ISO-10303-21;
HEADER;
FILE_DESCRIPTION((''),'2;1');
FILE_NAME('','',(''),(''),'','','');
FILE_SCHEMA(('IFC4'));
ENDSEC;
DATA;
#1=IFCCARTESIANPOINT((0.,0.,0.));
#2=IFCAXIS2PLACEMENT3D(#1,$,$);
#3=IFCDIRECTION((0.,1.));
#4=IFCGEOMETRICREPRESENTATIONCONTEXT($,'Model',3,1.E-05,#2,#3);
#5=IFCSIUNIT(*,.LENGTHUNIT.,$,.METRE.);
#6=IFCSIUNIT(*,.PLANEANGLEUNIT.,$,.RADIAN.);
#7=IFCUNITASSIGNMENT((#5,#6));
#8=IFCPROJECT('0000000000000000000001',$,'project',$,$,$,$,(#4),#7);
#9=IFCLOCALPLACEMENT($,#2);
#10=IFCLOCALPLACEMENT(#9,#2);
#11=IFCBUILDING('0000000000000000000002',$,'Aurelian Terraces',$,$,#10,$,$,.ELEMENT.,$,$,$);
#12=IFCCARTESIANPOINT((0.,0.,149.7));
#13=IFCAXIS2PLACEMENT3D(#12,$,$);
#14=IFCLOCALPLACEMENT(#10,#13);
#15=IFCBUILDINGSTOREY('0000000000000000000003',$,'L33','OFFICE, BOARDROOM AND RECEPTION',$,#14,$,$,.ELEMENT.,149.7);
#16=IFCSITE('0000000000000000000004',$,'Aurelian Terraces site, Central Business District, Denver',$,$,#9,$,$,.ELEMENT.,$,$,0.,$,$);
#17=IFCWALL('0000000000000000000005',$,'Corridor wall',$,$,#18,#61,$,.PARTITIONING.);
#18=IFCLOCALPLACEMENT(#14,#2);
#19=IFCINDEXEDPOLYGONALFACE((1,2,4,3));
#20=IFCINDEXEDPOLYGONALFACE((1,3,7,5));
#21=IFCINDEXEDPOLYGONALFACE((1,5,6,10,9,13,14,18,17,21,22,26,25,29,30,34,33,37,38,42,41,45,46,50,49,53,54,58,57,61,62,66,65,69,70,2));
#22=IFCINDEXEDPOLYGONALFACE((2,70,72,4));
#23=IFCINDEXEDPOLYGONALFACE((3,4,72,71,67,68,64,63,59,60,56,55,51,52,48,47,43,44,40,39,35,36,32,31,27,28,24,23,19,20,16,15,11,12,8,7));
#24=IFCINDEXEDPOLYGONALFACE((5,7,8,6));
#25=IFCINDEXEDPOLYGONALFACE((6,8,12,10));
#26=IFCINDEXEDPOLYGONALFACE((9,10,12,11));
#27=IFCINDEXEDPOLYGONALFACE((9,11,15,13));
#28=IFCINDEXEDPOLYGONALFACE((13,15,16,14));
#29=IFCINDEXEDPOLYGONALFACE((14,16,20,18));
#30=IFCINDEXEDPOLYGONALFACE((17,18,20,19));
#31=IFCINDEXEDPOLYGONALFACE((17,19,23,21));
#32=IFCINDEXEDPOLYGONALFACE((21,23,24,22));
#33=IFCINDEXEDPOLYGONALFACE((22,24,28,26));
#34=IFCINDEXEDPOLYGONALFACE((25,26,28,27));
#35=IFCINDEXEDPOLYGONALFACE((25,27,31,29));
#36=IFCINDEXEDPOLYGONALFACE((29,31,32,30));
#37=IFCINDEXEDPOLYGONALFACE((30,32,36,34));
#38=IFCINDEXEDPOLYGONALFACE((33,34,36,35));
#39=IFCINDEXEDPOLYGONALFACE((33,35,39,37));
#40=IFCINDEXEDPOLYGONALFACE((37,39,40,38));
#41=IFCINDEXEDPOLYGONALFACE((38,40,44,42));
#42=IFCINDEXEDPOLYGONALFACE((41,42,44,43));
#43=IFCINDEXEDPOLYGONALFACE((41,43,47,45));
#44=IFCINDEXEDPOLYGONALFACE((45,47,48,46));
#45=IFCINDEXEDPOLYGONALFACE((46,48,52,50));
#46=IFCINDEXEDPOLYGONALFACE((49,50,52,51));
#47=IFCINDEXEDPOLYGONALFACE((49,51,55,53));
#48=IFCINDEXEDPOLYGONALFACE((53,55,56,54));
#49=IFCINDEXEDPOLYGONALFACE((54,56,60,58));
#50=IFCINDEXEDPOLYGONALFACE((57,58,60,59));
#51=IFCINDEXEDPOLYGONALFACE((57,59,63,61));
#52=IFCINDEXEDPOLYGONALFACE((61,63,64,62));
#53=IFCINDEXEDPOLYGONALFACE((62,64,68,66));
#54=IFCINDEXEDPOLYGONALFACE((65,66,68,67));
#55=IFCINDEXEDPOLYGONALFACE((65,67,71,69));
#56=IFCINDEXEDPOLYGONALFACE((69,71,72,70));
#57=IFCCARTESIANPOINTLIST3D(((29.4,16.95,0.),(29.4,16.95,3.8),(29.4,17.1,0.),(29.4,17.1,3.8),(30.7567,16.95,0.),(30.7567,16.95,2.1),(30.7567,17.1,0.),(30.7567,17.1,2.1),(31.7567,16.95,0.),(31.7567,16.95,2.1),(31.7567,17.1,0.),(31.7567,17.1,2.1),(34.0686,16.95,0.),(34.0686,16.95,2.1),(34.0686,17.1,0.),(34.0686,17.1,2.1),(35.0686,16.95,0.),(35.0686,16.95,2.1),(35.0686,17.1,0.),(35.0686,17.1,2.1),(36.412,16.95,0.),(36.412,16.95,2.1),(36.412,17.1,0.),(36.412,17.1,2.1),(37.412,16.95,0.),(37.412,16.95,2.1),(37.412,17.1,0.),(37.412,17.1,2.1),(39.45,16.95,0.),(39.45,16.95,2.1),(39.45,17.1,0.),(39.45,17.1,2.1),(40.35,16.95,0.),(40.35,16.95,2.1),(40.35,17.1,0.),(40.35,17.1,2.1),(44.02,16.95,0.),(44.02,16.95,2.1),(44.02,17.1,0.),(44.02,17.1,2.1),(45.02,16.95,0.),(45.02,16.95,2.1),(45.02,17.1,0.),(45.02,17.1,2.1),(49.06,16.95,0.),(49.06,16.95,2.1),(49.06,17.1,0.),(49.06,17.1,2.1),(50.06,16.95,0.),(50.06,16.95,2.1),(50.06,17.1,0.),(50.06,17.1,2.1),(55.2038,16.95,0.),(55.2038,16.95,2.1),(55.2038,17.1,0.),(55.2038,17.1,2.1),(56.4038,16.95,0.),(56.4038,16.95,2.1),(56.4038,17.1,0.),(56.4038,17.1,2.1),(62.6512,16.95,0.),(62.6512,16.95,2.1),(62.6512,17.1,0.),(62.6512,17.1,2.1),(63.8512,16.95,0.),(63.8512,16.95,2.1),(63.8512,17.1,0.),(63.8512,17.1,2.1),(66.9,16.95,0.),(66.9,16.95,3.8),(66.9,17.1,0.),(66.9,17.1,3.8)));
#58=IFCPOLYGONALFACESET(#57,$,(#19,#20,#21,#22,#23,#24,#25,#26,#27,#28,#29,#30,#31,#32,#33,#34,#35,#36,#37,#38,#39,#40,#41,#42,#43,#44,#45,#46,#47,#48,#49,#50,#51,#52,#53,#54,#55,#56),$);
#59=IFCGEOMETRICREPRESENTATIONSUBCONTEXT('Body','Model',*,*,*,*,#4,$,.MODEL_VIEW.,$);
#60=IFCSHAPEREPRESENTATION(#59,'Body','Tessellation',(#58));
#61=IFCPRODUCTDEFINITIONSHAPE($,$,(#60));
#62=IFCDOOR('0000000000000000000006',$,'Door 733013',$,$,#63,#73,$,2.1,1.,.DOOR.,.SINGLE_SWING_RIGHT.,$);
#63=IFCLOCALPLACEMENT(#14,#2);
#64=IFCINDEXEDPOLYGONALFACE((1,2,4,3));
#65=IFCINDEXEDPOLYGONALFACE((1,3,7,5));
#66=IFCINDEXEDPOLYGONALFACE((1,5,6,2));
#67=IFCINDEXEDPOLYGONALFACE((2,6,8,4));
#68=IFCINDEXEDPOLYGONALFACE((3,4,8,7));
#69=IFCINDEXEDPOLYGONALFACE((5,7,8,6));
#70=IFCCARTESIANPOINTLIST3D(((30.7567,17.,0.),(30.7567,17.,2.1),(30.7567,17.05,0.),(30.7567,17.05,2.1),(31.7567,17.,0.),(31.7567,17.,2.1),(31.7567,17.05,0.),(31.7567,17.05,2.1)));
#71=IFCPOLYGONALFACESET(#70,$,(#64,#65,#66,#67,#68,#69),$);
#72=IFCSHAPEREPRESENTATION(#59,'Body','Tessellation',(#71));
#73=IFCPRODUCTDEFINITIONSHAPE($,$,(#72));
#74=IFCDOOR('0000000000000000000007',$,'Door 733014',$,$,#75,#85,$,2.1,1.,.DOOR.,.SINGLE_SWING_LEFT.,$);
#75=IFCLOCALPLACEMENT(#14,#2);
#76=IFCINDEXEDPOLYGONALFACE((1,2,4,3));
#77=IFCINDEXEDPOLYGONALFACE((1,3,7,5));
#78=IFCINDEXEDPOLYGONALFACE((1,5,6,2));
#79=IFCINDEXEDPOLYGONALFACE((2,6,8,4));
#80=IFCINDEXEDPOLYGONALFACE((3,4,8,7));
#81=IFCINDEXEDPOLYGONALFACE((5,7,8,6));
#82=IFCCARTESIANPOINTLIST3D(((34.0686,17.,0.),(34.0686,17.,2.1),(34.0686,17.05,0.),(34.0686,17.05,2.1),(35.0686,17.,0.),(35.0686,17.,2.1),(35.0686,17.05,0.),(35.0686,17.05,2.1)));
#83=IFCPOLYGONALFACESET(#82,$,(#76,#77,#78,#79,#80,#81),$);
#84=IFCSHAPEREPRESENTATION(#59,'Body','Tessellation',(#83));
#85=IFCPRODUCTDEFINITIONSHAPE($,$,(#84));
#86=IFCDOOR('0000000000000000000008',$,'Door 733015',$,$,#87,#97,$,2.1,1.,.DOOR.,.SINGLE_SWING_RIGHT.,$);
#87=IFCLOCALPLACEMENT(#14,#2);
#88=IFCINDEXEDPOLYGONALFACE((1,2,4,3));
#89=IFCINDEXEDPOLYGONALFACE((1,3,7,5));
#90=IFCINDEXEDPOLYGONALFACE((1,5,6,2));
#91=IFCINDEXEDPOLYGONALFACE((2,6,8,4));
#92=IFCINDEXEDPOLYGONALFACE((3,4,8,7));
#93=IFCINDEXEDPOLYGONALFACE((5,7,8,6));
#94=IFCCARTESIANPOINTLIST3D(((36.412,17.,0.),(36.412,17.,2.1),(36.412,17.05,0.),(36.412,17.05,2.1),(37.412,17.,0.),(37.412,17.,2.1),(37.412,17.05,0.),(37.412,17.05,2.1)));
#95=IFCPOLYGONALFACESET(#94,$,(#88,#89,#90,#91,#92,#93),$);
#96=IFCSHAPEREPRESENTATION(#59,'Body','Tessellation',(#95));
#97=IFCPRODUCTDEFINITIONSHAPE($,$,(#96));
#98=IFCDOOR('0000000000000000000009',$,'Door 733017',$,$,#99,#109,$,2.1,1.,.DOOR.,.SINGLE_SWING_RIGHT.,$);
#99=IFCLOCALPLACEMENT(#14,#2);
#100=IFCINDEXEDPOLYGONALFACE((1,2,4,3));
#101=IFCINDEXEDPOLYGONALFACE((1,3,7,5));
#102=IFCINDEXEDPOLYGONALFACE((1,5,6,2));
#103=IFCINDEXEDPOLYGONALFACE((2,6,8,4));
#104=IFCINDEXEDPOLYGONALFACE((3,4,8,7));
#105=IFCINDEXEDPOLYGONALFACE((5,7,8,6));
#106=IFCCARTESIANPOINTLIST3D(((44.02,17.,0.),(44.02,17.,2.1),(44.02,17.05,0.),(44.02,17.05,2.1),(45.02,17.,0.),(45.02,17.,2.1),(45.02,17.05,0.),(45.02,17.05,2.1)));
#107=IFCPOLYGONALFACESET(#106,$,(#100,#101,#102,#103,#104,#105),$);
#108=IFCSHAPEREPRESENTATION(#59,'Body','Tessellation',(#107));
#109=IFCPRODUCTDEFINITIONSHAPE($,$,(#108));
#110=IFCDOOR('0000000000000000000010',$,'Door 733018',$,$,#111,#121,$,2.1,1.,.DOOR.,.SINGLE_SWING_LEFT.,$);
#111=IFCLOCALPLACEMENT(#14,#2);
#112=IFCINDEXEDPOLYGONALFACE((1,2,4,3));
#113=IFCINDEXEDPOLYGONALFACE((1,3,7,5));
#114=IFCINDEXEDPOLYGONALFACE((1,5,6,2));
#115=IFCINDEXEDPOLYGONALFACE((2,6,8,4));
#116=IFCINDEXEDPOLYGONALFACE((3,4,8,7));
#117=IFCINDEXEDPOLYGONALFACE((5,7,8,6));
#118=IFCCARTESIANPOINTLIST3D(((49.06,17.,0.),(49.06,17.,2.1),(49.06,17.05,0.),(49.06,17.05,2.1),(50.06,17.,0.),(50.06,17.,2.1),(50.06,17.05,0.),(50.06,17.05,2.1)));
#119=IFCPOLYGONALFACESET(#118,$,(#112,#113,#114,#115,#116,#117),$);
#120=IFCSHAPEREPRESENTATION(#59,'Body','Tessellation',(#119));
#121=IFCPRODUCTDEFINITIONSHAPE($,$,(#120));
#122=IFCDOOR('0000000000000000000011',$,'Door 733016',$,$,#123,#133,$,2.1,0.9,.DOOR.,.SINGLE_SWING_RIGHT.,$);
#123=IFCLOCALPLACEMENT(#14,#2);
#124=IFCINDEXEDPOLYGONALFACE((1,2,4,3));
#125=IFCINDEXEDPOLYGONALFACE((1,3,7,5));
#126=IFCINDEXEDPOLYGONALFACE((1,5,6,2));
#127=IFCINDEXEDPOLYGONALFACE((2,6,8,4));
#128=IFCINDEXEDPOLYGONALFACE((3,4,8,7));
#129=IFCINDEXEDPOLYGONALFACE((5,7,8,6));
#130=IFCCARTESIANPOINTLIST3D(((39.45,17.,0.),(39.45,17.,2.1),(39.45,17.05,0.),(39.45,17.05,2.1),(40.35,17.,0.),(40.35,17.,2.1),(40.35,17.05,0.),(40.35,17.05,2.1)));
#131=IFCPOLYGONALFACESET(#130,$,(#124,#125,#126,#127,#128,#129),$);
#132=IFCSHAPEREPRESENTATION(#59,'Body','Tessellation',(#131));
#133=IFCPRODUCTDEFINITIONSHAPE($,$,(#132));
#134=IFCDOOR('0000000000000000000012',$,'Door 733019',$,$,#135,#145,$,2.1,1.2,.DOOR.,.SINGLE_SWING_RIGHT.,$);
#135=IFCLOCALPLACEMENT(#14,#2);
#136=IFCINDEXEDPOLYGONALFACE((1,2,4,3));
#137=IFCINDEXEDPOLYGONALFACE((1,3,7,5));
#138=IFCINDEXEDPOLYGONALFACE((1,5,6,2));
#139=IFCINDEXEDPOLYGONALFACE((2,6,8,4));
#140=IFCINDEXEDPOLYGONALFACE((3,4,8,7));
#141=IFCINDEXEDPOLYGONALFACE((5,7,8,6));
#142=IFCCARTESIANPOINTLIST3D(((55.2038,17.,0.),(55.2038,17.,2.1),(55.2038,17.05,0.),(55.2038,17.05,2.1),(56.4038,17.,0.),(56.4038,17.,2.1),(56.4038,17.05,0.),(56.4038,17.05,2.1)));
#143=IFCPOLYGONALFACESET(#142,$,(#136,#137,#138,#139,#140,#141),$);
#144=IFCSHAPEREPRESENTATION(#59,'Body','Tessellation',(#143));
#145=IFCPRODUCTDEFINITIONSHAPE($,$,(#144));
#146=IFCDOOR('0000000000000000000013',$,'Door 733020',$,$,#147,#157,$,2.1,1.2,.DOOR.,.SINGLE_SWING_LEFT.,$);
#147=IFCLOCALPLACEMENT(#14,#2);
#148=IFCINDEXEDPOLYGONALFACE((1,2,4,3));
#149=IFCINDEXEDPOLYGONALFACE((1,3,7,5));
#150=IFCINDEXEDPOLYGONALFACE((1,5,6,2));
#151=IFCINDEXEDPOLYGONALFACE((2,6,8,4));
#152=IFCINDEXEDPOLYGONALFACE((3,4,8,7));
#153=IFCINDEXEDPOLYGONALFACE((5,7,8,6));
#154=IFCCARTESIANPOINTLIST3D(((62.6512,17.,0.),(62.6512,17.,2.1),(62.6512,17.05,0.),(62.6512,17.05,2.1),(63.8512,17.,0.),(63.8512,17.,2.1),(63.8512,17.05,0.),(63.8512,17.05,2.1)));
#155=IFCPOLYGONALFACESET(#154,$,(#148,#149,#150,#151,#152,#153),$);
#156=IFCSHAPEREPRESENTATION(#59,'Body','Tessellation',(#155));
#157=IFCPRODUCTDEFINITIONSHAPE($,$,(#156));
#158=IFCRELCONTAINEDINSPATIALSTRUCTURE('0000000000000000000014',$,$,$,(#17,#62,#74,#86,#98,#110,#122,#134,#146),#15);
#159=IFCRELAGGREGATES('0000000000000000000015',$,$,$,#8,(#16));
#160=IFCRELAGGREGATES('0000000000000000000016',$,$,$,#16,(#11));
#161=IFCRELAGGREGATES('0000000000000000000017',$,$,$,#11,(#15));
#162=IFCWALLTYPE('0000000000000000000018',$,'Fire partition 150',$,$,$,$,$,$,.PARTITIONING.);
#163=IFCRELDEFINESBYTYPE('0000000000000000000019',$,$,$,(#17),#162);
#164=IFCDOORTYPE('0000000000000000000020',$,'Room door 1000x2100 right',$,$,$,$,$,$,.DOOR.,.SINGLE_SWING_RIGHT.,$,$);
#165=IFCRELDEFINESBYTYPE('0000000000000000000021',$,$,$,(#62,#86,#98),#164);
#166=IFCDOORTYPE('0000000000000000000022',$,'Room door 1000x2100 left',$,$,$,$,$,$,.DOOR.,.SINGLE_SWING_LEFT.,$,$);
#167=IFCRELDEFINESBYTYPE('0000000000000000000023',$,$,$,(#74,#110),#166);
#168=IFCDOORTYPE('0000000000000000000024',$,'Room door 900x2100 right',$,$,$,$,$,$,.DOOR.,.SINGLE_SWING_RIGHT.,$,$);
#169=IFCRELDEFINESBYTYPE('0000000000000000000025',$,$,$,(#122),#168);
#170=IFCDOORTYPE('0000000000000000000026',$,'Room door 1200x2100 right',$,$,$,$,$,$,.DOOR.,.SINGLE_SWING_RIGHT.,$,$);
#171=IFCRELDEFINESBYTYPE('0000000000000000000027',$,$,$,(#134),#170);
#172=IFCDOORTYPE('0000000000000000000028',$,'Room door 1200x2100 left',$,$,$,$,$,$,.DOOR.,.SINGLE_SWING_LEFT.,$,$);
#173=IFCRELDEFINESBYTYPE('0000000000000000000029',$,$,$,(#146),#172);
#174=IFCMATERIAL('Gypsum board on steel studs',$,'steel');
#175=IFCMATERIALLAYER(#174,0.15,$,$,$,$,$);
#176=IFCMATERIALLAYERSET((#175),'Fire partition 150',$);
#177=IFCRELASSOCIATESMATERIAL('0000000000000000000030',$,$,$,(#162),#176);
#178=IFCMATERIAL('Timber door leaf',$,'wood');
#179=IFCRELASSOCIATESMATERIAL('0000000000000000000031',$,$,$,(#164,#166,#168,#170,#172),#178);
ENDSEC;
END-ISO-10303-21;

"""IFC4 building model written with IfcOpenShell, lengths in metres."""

from ifc_helpers import new_model, si_unit, direction, frame, frame_2d, origin, place, context, subcontext, project, spatial, rectangle, extrude, source, transform, mapped, material, layer, layer_set, type_object, element, fill, save


model = new_model("IFC4")

# Units and contexts
model_context = context("Model", 3, precision=1e-05, world=origin(), true_north=direction((0.0, 1.0)))
body_context = subcontext(model_context, "Body", "Model", "MODEL_VIEW")
ifc_project = project(units=[si_unit("LENGTHUNIT", "METRE"), si_unit("PLANEANGLEUNIT", "RADIAN")], contexts=[model_context])

# Site, building, storey
site_placement = place(None, origin())
site = spatial("IfcSite", under=ifc_project, at=site_placement, Name="Aurelian Terraces site, Central Business District, Denver", CompositionType="ELEMENT", RefElevation=0.0)
building_placement = place(site_placement, origin())
building = spatial("IfcBuilding", under=site, at=building_placement, Name="Aurelian Terraces", CompositionType="ELEMENT")
storey_placement = place(building_placement, frame((0.0, 0.0, 149.7)))
storey = spatial("IfcBuildingStorey", under=building, at=storey_placement, Name="L33", Description="OFFICE, BOARDROOM AND RECEPTION", CompositionType="ELEMENT", Elevation=149.7)

# Shared definitions
ifc_material_1 = material(Name="Gypsum board on steel studs", Category="steel")
shared_shape_1 = source(origin(), body_context, "Body", "SweptSolid", [
    extrude(rectangle(XDim=0.9, YDim=2.1, at=frame_2d((0.45, 1.05))), frame((0.0, 0.085, 0.0), z_axis=(0.0, -1.0, 0.0), x_axis=(1.0, 0.0, 0.0)), (0.0, 0.0, 1.0), 0.17),
])
ifc_material_2 = material(Name="Timber door leaf", Category="wood")
shared_shape_2 = source(origin(), body_context, "Body", "SweptSolid", [
    extrude(rectangle(XDim=0.9, YDim=2.1, at=frame_2d((0.45, 1.05))), frame((0.0, 0.025, 0.0), z_axis=(0.0, -1.0, 0.0), x_axis=(1.0, 0.0, 0.0)), (0.0, 0.0, 1.0), 0.05),
])

# Wall, openings, doors
ifc_layer_1 = layer(ifc_material_1, 0.15)
ifc_layer_set_1 = layer_set([ifc_layer_1], Name="Fire partition 150")
wall_type_1 = type_object("IfcWallType", Name="Fire partition 150", PredefinedType="PARTITIONING", material=ifc_layer_set_1)
shared_shape_3 = source(origin(), body_context, "Body", "SweptSolid", [
    extrude(rectangle(XDim=37.5, YDim=0.15, at=frame_2d((18.75, 0.0))), origin(), (0.0, 0.0, 1.0), 3.8),
])
wall_1_placement = place(storey_placement, frame((29.4, 17.025, 0.0), z_axis=(0.0, 0.0, 1.0), x_axis=(1.0, 0.0, 0.0)))
wall_1 = element("IfcWall", 1, at=wall_1_placement, inside=storey, type_object=wall_type_1, Name="Corridor wall", PredefinedType="PARTITIONING", context=body_context, shape_type="MappedRepresentation", body=[
    mapped(shared_shape_3, transform((0.0, 0.0, 0.0), scale=1.0)),
])
shared_shape_4 = source(origin(), body_context, "Body", "SweptSolid", [
    extrude(rectangle(XDim=1.0, YDim=2.1, at=frame_2d((0.5, 1.05))), frame((0.0, 0.085, 0.0), z_axis=(0.0, -1.0, 0.0), x_axis=(1.0, 0.0, 0.0)), (0.0, 0.0, 1.0), 0.17),
])
opening_1_placement = place(wall_1_placement, frame((1.3567, 0.0, 0.0)))
opening_1 = element("IfcOpeningElement", 2, at=opening_1_placement, cuts=wall_1, PredefinedType="OPENING", context=body_context, shape_type="MappedRepresentation", body=[
    mapped(shared_shape_4, transform((0.0, 0.0, 0.0), scale=1.0)),
])
opening_2_placement = place(wall_1_placement, frame((4.6686, 0.0, 0.0)))
opening_2 = element("IfcOpeningElement", 3, at=opening_2_placement, cuts=wall_1, PredefinedType="OPENING", context=body_context, shape_type="MappedRepresentation", body=[
    mapped(shared_shape_4, transform((0.0, 0.0, 0.0), scale=1.0)),
])
opening_3_placement = place(wall_1_placement, frame((7.012, 0.0, 0.0)))
opening_3 = element("IfcOpeningElement", 4, at=opening_3_placement, cuts=wall_1, PredefinedType="OPENING", context=body_context, shape_type="MappedRepresentation", body=[
    mapped(shared_shape_4, transform((0.0, 0.0, 0.0), scale=1.0)),
])
opening_4_placement = place(wall_1_placement, frame((10.05, 0.0, 0.0)))
opening_4 = element("IfcOpeningElement", 5, at=opening_4_placement, cuts=wall_1, PredefinedType="OPENING", context=body_context, shape_type="MappedRepresentation", body=[
    mapped(shared_shape_1, transform((0.0, 0.0, 0.0), scale=1.0)),
])
opening_5_placement = place(wall_1_placement, frame((14.62, 0.0, 0.0)))
opening_5 = element("IfcOpeningElement", 6, at=opening_5_placement, cuts=wall_1, PredefinedType="OPENING", context=body_context, shape_type="MappedRepresentation", body=[
    mapped(shared_shape_4, transform((0.0, 0.0, 0.0), scale=1.0)),
])
opening_6_placement = place(wall_1_placement, frame((19.66, 0.0, 0.0)))
opening_6 = element("IfcOpeningElement", 7, at=opening_6_placement, cuts=wall_1, PredefinedType="OPENING", context=body_context, shape_type="MappedRepresentation", body=[
    mapped(shared_shape_4, transform((0.0, 0.0, 0.0), scale=1.0)),
])
shared_shape_5 = source(origin(), body_context, "Body", "SweptSolid", [
    extrude(rectangle(XDim=1.2, YDim=2.1, at=frame_2d((0.6, 1.05))), frame((0.0, 0.085, 0.0), z_axis=(0.0, -1.0, 0.0), x_axis=(1.0, 0.0, 0.0)), (0.0, 0.0, 1.0), 0.17),
])
opening_7_placement = place(wall_1_placement, frame((25.8038, 0.0, 0.0)))
opening_7 = element("IfcOpeningElement", 8, at=opening_7_placement, cuts=wall_1, PredefinedType="OPENING", context=body_context, shape_type="MappedRepresentation", body=[
    mapped(shared_shape_5, transform((0.0, 0.0, 0.0), scale=1.0)),
])
opening_8_placement = place(wall_1_placement, frame((33.2512, 0.0, 0.0)))
opening_8 = element("IfcOpeningElement", 9, at=opening_8_placement, cuts=wall_1, PredefinedType="OPENING", context=body_context, shape_type="MappedRepresentation", body=[
    mapped(shared_shape_5, transform((0.0, 0.0, 0.0), scale=1.0)),
])
door_type_1 = type_object("IfcDoorType", Name="Room door 1000x2100 right", OperationType="SINGLE_SWING_RIGHT", PredefinedType="DOOR", material=ifc_material_2)
shared_shape_6 = source(origin(), body_context, "Body", "SweptSolid", [
    extrude(rectangle(XDim=1.0, YDim=2.1, at=frame_2d((0.5, 1.05))), frame((0.0, 0.025, 0.0), z_axis=(0.0, -1.0, 0.0), x_axis=(1.0, 0.0, 0.0)), (0.0, 0.0, 1.0), 0.05),
])
door_1_placement = place(opening_1_placement, origin())
door_1 = element("IfcDoor", 10, at=door_1_placement, inside=storey, type_object=door_type_1, Name="Door 733013", OperationType="SINGLE_SWING_RIGHT", OverallHeight=2.1, OverallWidth=1.0, PredefinedType="DOOR", context=body_context, shape_type="MappedRepresentation", body=[
    mapped(shared_shape_6, transform((0.0, 0.0, 0.0), scale=1.0)),
])
fill(opening_1, door_1)
door_type_2 = type_object("IfcDoorType", Name="Room door 1000x2100 left", OperationType="SINGLE_SWING_LEFT", PredefinedType="DOOR", material=ifc_material_2)
door_2_placement = place(opening_2_placement, origin())
door_2 = element("IfcDoor", 11, at=door_2_placement, inside=storey, type_object=door_type_2, Name="Door 733014", OperationType="SINGLE_SWING_LEFT", OverallHeight=2.1, OverallWidth=1.0, PredefinedType="DOOR", context=body_context, shape_type="MappedRepresentation", body=[
    mapped(shared_shape_6, transform((0.0, 0.0, 0.0), scale=1.0)),
])
fill(opening_2, door_2)
door_3_placement = place(opening_3_placement, origin())
door_3 = element("IfcDoor", 12, at=door_3_placement, inside=storey, type_object=door_type_1, Name="Door 733015", OperationType="SINGLE_SWING_RIGHT", OverallHeight=2.1, OverallWidth=1.0, PredefinedType="DOOR", context=body_context, shape_type="MappedRepresentation", body=[
    mapped(shared_shape_6, transform((0.0, 0.0, 0.0), scale=1.0)),
])
fill(opening_3, door_3)
door_4_placement = place(opening_5_placement, origin())
door_4 = element("IfcDoor", 13, at=door_4_placement, inside=storey, type_object=door_type_1, Name="Door 733017", OperationType="SINGLE_SWING_RIGHT", OverallHeight=2.1, OverallWidth=1.0, PredefinedType="DOOR", context=body_context, shape_type="MappedRepresentation", body=[
    mapped(shared_shape_6, transform((0.0, 0.0, 0.0), scale=1.0)),
])
fill(opening_5, door_4)
door_5_placement = place(opening_6_placement, origin())
door_5 = element("IfcDoor", 14, at=door_5_placement, inside=storey, type_object=door_type_2, Name="Door 733018", OperationType="SINGLE_SWING_LEFT", OverallHeight=2.1, OverallWidth=1.0, PredefinedType="DOOR", context=body_context, shape_type="MappedRepresentation", body=[
    mapped(shared_shape_6, transform((0.0, 0.0, 0.0), scale=1.0)),
])
fill(opening_6, door_5)
door_type_3 = type_object("IfcDoorType", Name="Room door 900x2100 right", OperationType="SINGLE_SWING_RIGHT", PredefinedType="DOOR", material=ifc_material_2)
door_6_placement = place(opening_4_placement, origin())
door_6 = element("IfcDoor", 15, at=door_6_placement, inside=storey, type_object=door_type_3, Name="Door 733016", OperationType="SINGLE_SWING_RIGHT", OverallHeight=2.1, OverallWidth=0.9, PredefinedType="DOOR", context=body_context, shape_type="MappedRepresentation", body=[
    mapped(shared_shape_2, transform((0.0, 0.0, 0.0), scale=1.0)),
])
fill(opening_4, door_6)
door_type_4 = type_object("IfcDoorType", Name="Room door 1200x2100 right", OperationType="SINGLE_SWING_RIGHT", PredefinedType="DOOR", material=ifc_material_2)
shared_shape_7 = source(origin(), body_context, "Body", "SweptSolid", [
    extrude(rectangle(XDim=1.2, YDim=2.1, at=frame_2d((0.6, 1.05))), frame((0.0, 0.025, 0.0), z_axis=(0.0, -1.0, 0.0), x_axis=(1.0, 0.0, 0.0)), (0.0, 0.0, 1.0), 0.05),
])
door_7_placement = place(opening_7_placement, origin())
door_7 = element("IfcDoor", 16, at=door_7_placement, inside=storey, type_object=door_type_4, Name="Door 733019", OperationType="SINGLE_SWING_RIGHT", OverallHeight=2.1, OverallWidth=1.2, PredefinedType="DOOR", context=body_context, shape_type="MappedRepresentation", body=[
    mapped(shared_shape_7, transform((0.0, 0.0, 0.0), scale=1.0)),
])
fill(opening_7, door_7)
door_type_5 = type_object("IfcDoorType", Name="Room door 1200x2100 left", OperationType="SINGLE_SWING_LEFT", PredefinedType="DOOR", material=ifc_material_2)
door_8_placement = place(opening_8_placement, origin())
door_8 = element("IfcDoor", 17, at=door_8_placement, inside=storey, type_object=door_type_5, Name="Door 733020", OperationType="SINGLE_SWING_LEFT", OverallHeight=2.1, OverallWidth=1.2, PredefinedType="DOOR", context=body_context, shape_type="MappedRepresentation", body=[
    mapped(shared_shape_7, transform((0.0, 0.0, 0.0), scale=1.0)),
])
fill(opening_8, door_8)

save(model, "model.ifc")
